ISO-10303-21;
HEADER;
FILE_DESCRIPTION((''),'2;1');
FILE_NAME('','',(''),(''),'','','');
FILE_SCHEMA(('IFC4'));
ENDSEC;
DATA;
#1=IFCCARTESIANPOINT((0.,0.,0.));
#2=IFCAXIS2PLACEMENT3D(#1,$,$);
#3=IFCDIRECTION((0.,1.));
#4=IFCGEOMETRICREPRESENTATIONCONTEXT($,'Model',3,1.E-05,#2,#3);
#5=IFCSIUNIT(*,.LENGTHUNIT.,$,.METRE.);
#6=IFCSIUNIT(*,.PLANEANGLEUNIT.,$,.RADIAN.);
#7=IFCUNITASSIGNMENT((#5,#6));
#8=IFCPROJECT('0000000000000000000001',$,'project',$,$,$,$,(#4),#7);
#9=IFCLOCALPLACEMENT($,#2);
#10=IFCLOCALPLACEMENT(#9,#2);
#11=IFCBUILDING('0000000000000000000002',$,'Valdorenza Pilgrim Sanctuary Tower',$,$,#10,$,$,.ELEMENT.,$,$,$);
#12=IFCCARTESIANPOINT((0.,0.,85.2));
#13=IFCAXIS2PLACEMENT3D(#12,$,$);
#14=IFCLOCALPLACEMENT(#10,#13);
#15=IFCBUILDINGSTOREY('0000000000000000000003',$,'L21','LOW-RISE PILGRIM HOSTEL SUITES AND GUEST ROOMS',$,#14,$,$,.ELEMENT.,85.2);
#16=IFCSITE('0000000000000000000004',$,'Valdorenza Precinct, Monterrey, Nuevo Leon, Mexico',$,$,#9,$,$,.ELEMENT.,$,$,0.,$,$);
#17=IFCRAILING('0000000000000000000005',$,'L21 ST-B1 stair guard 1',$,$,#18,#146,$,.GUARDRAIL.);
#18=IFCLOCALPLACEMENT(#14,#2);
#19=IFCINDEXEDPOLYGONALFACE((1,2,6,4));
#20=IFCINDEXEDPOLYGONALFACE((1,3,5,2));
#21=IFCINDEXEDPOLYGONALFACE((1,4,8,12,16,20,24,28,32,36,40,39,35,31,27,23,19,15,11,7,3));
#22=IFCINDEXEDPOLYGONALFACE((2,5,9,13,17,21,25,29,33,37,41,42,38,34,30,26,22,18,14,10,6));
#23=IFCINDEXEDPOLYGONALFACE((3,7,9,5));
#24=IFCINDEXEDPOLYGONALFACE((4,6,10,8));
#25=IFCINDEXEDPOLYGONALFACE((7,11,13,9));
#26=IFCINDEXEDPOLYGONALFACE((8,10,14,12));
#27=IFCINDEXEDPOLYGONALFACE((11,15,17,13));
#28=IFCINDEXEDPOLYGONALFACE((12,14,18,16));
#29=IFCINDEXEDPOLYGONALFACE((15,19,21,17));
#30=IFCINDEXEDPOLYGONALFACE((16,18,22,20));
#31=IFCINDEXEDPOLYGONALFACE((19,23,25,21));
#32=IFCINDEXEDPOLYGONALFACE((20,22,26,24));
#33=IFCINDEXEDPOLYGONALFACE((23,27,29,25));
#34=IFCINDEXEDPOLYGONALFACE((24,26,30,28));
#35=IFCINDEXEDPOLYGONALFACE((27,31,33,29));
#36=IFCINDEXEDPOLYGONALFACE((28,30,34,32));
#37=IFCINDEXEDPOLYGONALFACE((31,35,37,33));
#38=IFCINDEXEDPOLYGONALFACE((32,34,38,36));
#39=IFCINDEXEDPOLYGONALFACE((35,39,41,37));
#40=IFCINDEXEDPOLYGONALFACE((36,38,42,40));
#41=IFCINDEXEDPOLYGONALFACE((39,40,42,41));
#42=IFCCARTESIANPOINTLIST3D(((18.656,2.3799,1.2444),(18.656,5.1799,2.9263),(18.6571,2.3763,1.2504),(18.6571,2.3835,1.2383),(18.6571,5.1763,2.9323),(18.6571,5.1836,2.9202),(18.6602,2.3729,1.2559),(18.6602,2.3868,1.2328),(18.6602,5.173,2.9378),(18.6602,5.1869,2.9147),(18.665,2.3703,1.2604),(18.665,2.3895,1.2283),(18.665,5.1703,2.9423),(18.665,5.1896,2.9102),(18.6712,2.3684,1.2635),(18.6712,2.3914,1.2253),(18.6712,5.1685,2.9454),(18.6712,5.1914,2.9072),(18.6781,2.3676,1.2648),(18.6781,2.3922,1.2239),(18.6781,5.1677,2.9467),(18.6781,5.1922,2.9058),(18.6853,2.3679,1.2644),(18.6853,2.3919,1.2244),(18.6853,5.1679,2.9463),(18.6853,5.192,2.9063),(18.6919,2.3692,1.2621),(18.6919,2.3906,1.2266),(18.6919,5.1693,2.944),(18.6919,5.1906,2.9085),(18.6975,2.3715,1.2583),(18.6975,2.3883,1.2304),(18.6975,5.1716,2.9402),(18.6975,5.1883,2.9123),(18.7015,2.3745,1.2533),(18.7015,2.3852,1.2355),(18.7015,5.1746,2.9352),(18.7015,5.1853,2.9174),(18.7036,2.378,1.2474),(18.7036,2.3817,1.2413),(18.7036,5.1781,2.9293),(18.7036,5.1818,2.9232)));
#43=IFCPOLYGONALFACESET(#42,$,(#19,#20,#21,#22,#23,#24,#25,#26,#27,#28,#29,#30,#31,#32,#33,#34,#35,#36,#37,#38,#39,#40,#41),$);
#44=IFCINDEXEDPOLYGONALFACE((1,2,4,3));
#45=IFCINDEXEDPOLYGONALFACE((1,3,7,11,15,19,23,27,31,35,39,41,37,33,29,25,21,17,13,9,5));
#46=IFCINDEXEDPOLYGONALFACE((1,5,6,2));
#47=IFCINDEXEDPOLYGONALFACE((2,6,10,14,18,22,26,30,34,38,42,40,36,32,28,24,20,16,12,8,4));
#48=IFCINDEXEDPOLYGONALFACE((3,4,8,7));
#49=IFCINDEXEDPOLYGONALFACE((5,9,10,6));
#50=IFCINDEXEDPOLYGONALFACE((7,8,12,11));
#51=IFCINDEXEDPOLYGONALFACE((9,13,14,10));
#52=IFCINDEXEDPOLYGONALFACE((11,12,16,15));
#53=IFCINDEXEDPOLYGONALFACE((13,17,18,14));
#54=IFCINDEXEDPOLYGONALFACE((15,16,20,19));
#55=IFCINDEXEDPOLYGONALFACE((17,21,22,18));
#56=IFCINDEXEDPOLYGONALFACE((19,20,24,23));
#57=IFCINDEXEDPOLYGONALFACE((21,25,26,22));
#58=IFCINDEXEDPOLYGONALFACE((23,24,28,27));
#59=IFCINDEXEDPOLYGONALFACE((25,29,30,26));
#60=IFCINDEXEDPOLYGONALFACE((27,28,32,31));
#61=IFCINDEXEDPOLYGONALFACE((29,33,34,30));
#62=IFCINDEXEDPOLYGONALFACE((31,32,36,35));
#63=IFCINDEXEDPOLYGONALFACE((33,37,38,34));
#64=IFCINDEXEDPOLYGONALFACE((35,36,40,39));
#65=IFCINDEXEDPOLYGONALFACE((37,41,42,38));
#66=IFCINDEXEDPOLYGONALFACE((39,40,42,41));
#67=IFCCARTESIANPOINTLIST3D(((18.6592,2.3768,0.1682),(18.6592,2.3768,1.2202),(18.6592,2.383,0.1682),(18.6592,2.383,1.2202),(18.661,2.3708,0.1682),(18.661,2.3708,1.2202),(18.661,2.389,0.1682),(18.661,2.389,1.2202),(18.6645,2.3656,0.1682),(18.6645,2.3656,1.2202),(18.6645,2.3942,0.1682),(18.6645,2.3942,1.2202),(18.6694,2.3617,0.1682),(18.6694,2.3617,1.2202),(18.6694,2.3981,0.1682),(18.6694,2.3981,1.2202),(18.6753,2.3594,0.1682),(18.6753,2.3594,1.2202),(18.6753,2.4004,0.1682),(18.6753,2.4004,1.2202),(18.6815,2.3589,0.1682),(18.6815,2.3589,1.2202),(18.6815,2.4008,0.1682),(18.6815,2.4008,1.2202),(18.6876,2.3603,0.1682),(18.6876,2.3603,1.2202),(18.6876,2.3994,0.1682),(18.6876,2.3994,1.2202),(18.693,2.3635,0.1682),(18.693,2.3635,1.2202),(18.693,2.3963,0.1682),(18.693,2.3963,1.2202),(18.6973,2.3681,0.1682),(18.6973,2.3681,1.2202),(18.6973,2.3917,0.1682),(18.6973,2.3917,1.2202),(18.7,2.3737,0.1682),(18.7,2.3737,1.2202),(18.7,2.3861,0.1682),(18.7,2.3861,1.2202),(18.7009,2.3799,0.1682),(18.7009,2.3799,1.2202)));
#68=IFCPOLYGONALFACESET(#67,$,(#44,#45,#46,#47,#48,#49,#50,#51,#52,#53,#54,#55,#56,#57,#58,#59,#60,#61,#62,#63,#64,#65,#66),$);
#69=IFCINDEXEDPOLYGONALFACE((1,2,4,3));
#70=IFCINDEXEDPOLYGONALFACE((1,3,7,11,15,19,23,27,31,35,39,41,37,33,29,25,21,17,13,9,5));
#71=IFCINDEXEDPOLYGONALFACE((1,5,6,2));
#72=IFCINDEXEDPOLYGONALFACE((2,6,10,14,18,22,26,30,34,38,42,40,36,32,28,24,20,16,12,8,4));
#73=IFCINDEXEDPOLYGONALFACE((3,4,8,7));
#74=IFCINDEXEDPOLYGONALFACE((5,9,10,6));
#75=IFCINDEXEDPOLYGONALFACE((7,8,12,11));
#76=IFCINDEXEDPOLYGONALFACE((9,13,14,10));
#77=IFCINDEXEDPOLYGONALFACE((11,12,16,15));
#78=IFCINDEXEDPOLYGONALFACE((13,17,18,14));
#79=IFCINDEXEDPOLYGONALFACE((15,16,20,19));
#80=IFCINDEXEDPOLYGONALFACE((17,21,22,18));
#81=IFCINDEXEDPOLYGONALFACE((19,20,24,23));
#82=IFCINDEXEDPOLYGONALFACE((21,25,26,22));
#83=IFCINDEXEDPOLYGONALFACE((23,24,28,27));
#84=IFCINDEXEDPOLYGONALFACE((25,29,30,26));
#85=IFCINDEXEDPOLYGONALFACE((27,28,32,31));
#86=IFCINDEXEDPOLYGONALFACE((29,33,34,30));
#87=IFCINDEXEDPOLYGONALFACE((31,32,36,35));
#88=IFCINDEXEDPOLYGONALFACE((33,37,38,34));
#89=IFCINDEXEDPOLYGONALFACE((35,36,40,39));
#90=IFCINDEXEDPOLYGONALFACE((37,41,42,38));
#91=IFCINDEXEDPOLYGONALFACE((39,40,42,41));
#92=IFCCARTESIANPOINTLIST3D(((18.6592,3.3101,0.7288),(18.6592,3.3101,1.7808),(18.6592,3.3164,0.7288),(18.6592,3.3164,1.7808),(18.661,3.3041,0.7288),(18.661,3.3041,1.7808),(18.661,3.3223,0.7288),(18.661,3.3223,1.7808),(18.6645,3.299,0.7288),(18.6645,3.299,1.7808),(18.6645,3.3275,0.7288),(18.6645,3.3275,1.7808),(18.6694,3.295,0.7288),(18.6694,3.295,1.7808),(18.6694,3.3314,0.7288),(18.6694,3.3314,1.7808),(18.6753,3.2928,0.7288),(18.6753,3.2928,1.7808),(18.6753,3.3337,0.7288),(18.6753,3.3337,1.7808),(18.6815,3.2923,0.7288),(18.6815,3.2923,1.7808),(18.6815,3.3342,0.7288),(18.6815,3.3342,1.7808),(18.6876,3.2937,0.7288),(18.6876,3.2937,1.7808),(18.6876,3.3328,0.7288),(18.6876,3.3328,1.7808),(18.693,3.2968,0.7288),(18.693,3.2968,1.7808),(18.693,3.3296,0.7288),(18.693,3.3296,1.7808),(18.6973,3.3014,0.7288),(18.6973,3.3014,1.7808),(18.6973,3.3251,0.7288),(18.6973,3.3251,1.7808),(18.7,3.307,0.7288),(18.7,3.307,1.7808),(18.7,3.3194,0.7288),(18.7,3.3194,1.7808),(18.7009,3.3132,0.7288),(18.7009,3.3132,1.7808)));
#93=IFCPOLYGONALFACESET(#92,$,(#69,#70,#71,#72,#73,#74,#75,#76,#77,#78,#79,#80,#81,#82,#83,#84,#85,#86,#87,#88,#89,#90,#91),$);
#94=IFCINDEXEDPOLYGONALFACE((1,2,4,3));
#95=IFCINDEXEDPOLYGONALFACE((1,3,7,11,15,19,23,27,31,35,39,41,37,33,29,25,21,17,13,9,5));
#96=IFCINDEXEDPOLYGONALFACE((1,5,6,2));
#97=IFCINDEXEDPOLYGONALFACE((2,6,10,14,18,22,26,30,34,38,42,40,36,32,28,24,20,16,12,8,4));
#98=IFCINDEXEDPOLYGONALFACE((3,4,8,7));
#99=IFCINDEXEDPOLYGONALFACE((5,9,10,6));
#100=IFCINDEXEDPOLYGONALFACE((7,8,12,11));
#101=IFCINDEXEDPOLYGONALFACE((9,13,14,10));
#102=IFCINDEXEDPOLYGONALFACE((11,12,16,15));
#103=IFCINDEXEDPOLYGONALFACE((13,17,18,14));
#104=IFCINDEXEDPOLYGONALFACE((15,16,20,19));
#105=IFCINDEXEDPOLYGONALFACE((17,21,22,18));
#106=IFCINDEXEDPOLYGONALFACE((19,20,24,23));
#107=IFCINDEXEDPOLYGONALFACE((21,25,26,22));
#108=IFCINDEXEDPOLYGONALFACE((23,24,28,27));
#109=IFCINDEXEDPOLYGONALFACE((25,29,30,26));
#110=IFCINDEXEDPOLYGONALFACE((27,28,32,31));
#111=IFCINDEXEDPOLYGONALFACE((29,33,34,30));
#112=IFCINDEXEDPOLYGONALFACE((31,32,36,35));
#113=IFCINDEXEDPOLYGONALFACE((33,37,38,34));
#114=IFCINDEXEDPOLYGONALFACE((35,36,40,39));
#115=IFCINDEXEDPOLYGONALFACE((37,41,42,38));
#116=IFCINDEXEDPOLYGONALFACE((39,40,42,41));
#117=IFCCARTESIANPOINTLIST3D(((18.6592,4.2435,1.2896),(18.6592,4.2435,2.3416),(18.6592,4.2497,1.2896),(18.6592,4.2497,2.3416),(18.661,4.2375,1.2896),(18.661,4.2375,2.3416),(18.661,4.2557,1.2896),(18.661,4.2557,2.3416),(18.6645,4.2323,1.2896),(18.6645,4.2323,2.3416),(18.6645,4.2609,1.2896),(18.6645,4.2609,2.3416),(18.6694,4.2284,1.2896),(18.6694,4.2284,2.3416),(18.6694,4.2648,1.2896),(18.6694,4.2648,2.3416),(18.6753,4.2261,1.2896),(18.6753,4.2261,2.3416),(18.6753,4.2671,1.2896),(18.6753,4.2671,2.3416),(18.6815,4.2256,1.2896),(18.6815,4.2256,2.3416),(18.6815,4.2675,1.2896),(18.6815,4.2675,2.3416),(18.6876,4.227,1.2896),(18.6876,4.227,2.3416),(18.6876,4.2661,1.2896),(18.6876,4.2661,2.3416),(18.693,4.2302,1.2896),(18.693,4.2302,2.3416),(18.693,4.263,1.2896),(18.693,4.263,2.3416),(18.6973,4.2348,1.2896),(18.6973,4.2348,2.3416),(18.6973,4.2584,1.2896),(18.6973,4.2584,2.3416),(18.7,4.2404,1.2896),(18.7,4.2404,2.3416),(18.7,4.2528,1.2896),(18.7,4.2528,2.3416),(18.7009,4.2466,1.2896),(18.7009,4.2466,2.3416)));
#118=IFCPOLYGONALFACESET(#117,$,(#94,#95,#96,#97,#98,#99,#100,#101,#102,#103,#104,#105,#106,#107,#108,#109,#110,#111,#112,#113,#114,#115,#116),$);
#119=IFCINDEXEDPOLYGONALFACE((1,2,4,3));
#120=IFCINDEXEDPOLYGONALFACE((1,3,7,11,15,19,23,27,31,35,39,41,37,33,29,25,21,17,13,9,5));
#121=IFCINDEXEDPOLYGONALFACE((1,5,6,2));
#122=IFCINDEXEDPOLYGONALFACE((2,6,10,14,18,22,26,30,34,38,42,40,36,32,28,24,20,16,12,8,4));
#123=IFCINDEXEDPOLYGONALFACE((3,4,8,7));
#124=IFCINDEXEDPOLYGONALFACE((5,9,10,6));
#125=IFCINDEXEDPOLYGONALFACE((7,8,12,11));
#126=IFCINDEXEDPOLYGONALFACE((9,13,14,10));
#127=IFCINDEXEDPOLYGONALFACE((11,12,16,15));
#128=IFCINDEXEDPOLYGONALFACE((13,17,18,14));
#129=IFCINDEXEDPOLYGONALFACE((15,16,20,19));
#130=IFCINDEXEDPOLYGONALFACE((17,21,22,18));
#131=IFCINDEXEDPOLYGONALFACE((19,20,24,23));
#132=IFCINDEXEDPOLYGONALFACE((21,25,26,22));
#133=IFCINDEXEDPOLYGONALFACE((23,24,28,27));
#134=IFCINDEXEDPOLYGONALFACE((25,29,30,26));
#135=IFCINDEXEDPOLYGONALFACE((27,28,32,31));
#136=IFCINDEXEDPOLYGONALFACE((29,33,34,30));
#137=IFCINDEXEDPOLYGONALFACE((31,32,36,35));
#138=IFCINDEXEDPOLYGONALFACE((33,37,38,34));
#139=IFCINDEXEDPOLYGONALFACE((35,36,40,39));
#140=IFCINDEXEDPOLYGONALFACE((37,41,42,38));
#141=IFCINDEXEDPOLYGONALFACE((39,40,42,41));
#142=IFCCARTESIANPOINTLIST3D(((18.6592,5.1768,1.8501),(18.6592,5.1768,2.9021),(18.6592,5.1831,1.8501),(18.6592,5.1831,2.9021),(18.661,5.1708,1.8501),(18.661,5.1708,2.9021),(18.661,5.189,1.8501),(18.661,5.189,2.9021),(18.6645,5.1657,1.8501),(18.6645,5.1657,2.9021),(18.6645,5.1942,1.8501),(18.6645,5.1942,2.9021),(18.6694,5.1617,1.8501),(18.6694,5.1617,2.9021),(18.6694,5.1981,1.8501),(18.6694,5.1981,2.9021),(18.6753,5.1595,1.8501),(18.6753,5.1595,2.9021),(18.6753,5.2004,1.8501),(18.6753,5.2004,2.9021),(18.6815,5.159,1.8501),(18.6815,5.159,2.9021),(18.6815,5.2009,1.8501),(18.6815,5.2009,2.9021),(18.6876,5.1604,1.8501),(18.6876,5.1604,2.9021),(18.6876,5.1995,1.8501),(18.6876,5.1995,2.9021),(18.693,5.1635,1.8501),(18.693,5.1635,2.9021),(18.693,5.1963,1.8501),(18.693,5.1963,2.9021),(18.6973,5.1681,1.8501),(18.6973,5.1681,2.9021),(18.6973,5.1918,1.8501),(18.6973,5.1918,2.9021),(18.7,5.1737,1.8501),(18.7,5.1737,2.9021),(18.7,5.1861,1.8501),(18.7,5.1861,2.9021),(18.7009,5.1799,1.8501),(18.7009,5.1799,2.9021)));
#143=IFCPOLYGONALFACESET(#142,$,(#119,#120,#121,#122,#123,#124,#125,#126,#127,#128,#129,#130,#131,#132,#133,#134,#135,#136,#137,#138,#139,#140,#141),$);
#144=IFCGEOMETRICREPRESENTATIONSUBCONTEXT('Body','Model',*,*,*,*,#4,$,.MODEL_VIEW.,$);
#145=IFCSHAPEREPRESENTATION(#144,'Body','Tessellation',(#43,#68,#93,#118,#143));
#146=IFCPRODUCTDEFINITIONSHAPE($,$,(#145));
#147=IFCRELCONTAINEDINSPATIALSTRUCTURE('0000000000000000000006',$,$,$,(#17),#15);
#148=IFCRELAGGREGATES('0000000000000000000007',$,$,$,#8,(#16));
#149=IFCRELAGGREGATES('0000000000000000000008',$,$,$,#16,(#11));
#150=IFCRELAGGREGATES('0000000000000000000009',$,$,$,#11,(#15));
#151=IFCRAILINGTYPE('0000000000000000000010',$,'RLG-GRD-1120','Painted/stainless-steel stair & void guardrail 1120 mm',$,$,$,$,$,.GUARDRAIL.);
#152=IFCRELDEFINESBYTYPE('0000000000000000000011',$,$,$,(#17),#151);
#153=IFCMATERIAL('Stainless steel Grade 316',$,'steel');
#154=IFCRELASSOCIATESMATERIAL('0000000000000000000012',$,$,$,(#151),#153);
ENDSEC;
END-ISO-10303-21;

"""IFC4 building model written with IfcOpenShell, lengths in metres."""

from ifc_helpers import new_model, si_unit, direction, frame, origin, origin_2d, place, context, subcontext, project, spatial, circle, extrude, material, type_object, element, save


model = new_model("IFC4")

# Units and contexts
model_context = context("Model", 3, precision=1e-05, world=origin(), true_north=direction((0.0, 1.0)))
body_context = subcontext(model_context, "Body", "Model", "MODEL_VIEW")
ifc_project = project(units=[si_unit("LENGTHUNIT", "METRE"), si_unit("PLANEANGLEUNIT", "RADIAN")], contexts=[model_context])

# Site, building, storey
site_placement = place(None, origin())
site = spatial("IfcSite", under=ifc_project, at=site_placement, Name="Valdorenza Precinct, Monterrey, Nuevo Leon, Mexico", CompositionType="ELEMENT", RefElevation=0.0)
building_placement = place(site_placement, origin())
building = spatial("IfcBuilding", under=site, at=building_placement, Name="Valdorenza Pilgrim Sanctuary Tower", CompositionType="ELEMENT")
storey_placement = place(building_placement, frame((0.0, 0.0, 85.2)))
storey = spatial("IfcBuildingStorey", under=building, at=storey_placement, Name="L21", Description="LOW-RISE PILGRIM HOSTEL SUITES AND GUEST ROOMS", CompositionType="ELEMENT", Elevation=85.2)

# Railing
ifc_material_1 = material(Name="Stainless steel Grade 316", Category="steel")
railing_type_1 = type_object("IfcRailingType", Name="RLG-GRD-1120", Description="Painted/stainless-steel stair & void guardrail 1120 mm", PredefinedType="GUARDRAIL", material=ifc_material_1)
railing_1_placement = place(storey_placement, frame((18.6799, 2.3799, 0.1682)))
element("IfcRailing", 1, at=railing_1_placement, inside=storey, type_object=railing_type_1, Name="L21 ST-B1 stair guard 1", PredefinedType="GUARDRAIL", context=body_context, shape_type="SweptSolid", body=[
    extrude(circle(Radius=0.0239, at=origin_2d()), frame((0.0, 0.0, 1.0762), z_axis=(0.0, 0.857242, 0.514913), x_axis=(-1.0, 0.0, 0.0)), (0.0, 0.0, 1.0), 3.2664),
    extrude(circle(Radius=0.021, at=origin_2d()), origin(), (0.0, 0.0, 1.0), 1.052),
    extrude(circle(Radius=0.021, at=origin_2d()), frame((0.0, 0.9333, 0.5605)), (0.0, 0.0, 1.0), 1.052),
    extrude(circle(Radius=0.021, at=origin_2d()), frame((0.0, 1.8667, 1.1213)), (0.0, 0.0, 1.0), 1.052),
    extrude(circle(Radius=0.021, at=origin_2d()), frame((0.0, 2.8, 1.6819)), (0.0, 0.0, 1.0), 1.052),
])

save(model, "model.ifc")
